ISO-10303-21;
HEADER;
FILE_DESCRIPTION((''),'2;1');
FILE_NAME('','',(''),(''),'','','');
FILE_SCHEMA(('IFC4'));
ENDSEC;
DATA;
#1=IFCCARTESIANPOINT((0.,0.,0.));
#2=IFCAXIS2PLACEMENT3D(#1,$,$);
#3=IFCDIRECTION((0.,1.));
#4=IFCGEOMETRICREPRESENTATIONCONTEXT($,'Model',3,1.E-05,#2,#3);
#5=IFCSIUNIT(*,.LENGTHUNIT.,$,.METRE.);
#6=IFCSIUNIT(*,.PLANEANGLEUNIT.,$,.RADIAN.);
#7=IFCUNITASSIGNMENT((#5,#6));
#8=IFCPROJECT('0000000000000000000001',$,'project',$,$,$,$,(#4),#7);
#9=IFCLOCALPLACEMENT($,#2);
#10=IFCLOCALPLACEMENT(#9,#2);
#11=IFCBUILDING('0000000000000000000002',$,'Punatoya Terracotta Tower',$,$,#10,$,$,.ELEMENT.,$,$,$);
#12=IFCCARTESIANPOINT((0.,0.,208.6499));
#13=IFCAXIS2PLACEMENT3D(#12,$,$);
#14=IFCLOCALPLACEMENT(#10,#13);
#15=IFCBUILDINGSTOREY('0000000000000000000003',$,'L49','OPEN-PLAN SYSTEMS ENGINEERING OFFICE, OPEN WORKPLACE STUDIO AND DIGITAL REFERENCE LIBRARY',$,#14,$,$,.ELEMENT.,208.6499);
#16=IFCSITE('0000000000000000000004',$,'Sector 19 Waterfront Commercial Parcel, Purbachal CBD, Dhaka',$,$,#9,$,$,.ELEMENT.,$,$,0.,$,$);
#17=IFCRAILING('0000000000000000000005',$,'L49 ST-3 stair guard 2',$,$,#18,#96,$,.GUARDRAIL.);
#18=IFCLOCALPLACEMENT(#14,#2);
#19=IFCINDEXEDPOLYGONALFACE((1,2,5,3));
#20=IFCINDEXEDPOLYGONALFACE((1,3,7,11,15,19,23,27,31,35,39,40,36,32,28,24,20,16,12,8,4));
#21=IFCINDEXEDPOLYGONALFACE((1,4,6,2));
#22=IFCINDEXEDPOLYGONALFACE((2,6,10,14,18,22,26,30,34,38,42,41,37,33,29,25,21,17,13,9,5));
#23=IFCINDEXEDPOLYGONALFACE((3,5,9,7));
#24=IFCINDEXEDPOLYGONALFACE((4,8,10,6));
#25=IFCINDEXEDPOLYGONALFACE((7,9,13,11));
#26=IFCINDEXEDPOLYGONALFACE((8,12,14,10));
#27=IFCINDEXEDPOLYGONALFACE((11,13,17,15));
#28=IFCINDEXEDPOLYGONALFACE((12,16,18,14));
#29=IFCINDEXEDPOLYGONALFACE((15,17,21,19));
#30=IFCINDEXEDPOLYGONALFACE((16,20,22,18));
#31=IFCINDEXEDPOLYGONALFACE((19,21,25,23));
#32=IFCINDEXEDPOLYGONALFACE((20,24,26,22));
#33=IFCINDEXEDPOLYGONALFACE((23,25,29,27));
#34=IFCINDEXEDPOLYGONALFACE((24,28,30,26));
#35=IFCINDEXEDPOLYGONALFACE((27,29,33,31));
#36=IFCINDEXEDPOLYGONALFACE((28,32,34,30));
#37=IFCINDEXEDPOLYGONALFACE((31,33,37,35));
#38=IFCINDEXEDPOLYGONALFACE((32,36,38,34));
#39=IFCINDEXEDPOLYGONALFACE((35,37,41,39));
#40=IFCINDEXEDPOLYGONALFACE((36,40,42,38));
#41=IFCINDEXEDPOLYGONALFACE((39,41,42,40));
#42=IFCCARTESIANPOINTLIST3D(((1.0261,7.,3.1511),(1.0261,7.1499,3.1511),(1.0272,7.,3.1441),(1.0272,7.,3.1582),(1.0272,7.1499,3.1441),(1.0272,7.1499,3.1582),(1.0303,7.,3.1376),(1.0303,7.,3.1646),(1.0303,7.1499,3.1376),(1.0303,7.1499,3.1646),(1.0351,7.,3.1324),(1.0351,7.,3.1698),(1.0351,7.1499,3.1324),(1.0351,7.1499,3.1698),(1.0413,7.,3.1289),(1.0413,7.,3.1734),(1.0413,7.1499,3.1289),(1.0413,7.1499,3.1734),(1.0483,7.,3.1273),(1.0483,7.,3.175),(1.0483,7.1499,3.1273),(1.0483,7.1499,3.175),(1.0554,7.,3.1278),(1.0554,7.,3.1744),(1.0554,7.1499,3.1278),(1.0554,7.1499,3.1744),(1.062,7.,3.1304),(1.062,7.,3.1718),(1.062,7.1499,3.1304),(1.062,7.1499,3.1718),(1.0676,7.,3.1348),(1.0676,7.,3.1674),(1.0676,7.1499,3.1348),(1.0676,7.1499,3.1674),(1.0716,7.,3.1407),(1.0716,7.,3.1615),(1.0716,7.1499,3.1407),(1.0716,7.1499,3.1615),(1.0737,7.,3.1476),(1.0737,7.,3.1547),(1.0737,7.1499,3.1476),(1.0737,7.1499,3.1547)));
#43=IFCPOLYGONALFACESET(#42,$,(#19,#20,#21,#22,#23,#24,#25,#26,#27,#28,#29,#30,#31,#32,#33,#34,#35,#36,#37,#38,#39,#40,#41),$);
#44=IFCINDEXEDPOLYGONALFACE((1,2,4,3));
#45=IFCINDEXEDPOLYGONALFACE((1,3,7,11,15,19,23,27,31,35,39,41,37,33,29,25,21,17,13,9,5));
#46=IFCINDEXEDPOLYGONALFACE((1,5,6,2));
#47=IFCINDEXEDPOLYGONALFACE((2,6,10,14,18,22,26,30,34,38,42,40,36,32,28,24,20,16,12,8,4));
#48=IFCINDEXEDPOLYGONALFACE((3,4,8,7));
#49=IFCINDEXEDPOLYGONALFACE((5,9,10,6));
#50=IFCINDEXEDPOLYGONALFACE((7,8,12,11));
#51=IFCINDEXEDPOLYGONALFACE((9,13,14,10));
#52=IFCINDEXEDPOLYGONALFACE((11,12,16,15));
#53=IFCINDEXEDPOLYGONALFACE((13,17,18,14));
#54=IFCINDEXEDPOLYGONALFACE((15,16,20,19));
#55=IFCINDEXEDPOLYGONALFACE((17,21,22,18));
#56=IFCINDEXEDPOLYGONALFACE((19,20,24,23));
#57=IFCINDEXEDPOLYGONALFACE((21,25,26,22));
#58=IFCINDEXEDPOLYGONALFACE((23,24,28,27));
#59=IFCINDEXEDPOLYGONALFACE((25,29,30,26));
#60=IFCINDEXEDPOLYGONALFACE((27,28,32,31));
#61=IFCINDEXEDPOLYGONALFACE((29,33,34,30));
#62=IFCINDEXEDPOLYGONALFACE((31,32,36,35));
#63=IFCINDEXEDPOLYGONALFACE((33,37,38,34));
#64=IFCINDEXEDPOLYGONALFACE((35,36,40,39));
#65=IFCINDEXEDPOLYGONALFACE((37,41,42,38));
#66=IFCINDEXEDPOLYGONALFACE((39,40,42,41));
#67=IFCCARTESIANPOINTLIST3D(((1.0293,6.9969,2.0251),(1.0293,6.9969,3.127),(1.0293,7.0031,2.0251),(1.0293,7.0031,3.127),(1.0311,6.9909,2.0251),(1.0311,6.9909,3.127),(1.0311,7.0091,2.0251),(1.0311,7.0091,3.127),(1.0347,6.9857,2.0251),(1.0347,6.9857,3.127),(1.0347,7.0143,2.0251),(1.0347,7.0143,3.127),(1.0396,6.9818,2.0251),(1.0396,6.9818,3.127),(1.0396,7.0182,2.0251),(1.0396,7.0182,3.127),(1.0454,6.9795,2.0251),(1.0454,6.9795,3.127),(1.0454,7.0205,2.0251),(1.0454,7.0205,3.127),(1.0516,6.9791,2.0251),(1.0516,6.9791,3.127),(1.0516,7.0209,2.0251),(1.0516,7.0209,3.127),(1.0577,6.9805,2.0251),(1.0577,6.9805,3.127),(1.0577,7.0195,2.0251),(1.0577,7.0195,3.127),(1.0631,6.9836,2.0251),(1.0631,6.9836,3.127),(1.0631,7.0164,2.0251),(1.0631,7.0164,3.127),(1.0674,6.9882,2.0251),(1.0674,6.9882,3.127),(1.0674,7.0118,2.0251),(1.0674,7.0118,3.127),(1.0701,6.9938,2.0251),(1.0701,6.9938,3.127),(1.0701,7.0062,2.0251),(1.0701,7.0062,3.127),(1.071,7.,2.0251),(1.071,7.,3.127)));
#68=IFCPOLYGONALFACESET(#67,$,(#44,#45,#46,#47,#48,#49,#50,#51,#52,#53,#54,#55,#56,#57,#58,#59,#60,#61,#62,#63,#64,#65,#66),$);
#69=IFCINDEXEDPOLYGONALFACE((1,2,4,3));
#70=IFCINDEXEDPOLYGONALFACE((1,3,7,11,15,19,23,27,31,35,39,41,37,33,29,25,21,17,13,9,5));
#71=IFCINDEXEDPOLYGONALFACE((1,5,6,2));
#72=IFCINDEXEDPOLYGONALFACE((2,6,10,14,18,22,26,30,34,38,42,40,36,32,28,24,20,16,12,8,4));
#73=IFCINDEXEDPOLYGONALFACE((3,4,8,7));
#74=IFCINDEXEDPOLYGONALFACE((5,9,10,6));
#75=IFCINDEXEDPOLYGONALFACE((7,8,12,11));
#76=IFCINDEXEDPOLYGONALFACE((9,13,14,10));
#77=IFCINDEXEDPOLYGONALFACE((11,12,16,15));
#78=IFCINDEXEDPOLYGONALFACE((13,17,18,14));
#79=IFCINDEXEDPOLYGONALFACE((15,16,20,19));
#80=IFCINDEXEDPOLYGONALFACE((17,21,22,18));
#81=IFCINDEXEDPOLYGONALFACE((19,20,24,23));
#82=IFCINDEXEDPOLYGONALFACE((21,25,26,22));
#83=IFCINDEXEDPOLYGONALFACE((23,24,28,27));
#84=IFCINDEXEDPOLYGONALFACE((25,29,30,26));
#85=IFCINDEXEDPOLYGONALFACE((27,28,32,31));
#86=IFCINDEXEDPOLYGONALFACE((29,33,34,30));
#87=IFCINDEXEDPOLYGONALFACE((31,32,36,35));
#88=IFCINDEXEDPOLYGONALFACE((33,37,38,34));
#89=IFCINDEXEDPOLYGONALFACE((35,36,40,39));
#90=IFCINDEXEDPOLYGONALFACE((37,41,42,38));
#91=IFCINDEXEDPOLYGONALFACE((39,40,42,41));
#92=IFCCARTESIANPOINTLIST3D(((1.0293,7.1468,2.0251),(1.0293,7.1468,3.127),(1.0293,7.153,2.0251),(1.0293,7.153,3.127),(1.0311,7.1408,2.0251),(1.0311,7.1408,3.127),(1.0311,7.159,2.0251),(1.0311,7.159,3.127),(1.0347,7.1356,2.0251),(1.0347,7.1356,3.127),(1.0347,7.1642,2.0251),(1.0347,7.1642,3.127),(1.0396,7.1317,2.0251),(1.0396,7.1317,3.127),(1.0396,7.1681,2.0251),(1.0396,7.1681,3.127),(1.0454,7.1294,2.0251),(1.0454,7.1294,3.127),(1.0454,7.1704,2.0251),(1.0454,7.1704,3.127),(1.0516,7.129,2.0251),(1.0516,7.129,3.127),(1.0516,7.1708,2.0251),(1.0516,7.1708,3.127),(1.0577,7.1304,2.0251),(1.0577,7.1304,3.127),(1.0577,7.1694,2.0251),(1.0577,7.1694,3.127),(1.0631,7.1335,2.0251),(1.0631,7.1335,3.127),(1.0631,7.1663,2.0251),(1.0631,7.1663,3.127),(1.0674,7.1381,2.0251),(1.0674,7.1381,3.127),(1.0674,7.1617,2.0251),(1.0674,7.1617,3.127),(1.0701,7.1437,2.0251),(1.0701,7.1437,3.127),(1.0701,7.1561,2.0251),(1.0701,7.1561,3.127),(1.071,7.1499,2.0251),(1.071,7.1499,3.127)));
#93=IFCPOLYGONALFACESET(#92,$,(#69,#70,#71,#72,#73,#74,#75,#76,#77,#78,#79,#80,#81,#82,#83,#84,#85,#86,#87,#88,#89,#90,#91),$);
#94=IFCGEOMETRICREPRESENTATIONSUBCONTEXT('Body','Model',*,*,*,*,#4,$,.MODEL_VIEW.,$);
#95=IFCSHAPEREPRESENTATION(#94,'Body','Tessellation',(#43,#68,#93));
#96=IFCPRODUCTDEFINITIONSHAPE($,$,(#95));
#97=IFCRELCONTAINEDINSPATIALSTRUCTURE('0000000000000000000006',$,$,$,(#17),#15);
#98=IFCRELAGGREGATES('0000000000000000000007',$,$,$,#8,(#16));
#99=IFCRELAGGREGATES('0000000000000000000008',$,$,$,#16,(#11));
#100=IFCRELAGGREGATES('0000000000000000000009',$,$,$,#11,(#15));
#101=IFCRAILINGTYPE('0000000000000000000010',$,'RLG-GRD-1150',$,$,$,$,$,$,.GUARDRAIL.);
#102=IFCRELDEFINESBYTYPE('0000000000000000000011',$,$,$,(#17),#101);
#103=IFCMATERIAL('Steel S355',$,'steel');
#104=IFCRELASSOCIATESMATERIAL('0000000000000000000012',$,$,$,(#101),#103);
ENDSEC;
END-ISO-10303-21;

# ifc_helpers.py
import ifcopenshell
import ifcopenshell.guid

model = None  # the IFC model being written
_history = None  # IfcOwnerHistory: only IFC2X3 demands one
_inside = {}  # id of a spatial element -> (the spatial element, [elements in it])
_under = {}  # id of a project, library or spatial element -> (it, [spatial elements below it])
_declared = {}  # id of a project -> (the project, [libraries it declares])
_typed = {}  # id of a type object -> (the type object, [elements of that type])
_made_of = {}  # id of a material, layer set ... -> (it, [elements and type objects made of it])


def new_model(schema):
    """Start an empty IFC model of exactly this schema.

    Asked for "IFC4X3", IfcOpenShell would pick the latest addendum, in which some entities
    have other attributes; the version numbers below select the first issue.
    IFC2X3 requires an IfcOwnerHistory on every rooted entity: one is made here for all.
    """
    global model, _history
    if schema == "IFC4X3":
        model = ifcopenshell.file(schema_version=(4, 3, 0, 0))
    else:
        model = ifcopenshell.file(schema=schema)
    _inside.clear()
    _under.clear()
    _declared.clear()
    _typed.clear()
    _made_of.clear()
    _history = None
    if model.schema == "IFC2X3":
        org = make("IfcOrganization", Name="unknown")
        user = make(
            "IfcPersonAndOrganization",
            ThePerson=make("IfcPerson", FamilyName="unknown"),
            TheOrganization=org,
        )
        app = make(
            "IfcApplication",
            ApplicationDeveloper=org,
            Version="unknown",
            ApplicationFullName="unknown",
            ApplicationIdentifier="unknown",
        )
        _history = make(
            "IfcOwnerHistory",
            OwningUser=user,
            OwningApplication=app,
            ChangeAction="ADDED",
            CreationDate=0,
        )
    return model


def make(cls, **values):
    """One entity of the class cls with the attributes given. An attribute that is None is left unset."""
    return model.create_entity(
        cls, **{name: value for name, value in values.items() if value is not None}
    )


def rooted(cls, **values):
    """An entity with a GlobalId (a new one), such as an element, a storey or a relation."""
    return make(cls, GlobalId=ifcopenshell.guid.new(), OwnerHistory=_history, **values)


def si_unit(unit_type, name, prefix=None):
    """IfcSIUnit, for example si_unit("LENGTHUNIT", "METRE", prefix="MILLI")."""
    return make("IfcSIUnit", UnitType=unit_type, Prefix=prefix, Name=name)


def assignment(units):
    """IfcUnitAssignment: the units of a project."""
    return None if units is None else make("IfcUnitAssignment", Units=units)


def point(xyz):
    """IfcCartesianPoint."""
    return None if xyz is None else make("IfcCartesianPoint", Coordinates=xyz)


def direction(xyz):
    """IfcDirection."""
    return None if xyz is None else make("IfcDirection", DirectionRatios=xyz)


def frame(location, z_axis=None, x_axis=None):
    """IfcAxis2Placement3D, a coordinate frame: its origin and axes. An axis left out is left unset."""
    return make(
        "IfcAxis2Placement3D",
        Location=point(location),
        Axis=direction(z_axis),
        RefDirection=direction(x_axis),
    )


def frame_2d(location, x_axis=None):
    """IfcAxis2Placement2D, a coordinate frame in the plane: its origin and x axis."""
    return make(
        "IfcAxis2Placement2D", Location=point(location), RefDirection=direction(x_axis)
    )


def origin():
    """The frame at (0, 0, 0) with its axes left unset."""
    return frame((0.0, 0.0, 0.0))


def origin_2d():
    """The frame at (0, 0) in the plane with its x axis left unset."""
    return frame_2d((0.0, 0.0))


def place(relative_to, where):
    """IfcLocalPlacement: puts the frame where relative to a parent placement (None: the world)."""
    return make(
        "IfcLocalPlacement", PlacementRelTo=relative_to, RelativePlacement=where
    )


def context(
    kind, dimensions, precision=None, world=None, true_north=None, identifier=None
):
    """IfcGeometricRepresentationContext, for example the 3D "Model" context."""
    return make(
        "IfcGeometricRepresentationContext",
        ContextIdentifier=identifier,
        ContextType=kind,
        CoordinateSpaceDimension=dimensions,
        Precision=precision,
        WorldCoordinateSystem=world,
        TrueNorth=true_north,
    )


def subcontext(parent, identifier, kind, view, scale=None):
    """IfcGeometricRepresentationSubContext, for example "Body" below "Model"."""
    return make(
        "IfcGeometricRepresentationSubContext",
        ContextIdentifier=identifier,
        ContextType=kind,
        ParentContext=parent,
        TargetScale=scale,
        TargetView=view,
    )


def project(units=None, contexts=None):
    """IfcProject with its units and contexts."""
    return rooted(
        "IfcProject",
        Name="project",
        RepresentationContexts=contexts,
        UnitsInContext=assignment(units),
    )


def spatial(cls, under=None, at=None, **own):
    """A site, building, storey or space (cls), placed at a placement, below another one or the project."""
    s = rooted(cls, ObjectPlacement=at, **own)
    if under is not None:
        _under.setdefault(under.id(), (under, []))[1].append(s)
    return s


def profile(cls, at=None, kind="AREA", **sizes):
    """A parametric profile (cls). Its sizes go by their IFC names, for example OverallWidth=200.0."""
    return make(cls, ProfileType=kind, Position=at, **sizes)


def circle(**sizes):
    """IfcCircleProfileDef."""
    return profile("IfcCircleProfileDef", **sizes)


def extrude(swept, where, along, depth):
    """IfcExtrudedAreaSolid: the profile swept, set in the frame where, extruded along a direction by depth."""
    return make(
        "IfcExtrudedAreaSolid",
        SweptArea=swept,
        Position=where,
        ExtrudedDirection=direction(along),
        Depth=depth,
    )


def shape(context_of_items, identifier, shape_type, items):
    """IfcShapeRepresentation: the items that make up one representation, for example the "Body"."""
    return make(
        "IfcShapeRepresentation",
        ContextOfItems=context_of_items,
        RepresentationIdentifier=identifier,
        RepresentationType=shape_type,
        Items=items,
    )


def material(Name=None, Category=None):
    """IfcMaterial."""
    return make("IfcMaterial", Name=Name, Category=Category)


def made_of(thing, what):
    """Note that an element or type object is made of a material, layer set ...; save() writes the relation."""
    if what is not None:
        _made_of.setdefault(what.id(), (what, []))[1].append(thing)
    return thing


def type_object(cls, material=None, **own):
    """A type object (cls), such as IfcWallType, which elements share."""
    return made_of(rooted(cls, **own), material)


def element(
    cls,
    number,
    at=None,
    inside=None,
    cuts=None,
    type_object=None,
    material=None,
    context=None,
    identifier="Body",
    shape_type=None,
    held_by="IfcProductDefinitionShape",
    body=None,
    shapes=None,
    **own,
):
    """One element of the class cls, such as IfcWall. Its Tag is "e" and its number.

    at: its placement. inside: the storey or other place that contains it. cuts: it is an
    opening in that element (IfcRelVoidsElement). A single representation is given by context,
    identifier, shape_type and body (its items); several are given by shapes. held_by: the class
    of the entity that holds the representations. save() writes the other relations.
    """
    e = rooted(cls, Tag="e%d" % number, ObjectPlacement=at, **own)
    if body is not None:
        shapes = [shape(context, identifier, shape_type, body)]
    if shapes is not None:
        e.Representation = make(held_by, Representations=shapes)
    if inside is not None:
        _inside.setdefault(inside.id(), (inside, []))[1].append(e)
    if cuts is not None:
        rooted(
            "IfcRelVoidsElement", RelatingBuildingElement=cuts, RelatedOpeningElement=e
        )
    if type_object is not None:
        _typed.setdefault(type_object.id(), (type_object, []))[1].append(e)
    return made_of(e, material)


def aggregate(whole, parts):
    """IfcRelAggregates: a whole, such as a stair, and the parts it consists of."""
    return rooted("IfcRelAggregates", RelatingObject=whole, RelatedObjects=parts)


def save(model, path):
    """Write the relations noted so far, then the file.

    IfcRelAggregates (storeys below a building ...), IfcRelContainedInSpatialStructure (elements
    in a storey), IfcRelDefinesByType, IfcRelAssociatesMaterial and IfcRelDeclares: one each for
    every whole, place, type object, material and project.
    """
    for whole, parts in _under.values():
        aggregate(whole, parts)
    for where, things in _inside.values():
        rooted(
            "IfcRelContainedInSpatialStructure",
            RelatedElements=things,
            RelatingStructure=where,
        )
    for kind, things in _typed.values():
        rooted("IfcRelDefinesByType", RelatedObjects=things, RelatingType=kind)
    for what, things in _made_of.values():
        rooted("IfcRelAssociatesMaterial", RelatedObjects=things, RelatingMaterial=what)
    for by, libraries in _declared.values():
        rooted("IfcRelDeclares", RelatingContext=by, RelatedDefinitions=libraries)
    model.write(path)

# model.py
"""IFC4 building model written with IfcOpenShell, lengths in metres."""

from ifc_helpers import new_model, si_unit, direction, frame, origin, origin_2d, place, context, subcontext, project, spatial, circle, extrude, material, type_object, element, save


model = new_model("IFC4")

# Units and contexts
model_context = context("Model", 3, precision=1e-05, world=origin(), true_north=direction((0.0, 1.0)))
body_context = subcontext(model_context, "Body", "Model", "MODEL_VIEW")
ifc_project = project(units=[si_unit("LENGTHUNIT", "METRE"), si_unit("PLANEANGLEUNIT", "RADIAN")], contexts=[model_context])

# Site, building, storey
site_placement = place(None, origin())
site = spatial("IfcSite", under=ifc_project, at=site_placement, Name="Sector 19 Waterfront Commercial Parcel, Purbachal CBD, Dhaka", CompositionType="ELEMENT", RefElevation=0.0)
building_placement = place(site_placement, origin())
building = spatial("IfcBuilding", under=site, at=building_placement, Name="Punatoya Terracotta Tower", CompositionType="ELEMENT")
storey_placement = place(building_placement, frame((0.0, 0.0, 208.6499)))
storey = spatial("IfcBuildingStorey", under=building, at=storey_placement, Name="L49", Description="OPEN-PLAN SYSTEMS ENGINEERING OFFICE, OPEN WORKPLACE STUDIO AND DIGITAL REFERENCE LIBRARY", CompositionType="ELEMENT", Elevation=208.6499)

# Shared definitions
ifc_material_1 = material(Name="Steel S355", Category="steel")

# Railing
railing_type_1 = type_object("IfcRailingType", Name="RLG-GRD-1150", PredefinedType="GUARDRAIL", material=ifc_material_1)
railing_1_placement = place(storey_placement, frame((1.05, 7.0, 2.0251)))
element("IfcRailing", 1, at=railing_1_placement, inside=storey, type_object=railing_type_1, Name="L49 ST-3 stair guard 2", PredefinedType="GUARDRAIL", context=body_context, shape_type="SweptSolid", body=[
    extrude(circle(Radius=0.0239, at=origin_2d()), frame((0.0, 0.0, 1.126), z_axis=(0.0, 1.0, 0.0), x_axis=(-1.0, 0.0, 0.0)), (0.0, 0.0, 1.0), 0.1499),
    extrude(circle(Radius=0.021, at=origin_2d()), origin(), (0.0, 0.0, 1.0), 1.1018),
    extrude(circle(Radius=0.021, at=origin_2d()), frame((0.0, 0.1499, 0.0)), (0.0, 0.0, 1.0), 1.1018),
])

save(model, "model.ifc")
